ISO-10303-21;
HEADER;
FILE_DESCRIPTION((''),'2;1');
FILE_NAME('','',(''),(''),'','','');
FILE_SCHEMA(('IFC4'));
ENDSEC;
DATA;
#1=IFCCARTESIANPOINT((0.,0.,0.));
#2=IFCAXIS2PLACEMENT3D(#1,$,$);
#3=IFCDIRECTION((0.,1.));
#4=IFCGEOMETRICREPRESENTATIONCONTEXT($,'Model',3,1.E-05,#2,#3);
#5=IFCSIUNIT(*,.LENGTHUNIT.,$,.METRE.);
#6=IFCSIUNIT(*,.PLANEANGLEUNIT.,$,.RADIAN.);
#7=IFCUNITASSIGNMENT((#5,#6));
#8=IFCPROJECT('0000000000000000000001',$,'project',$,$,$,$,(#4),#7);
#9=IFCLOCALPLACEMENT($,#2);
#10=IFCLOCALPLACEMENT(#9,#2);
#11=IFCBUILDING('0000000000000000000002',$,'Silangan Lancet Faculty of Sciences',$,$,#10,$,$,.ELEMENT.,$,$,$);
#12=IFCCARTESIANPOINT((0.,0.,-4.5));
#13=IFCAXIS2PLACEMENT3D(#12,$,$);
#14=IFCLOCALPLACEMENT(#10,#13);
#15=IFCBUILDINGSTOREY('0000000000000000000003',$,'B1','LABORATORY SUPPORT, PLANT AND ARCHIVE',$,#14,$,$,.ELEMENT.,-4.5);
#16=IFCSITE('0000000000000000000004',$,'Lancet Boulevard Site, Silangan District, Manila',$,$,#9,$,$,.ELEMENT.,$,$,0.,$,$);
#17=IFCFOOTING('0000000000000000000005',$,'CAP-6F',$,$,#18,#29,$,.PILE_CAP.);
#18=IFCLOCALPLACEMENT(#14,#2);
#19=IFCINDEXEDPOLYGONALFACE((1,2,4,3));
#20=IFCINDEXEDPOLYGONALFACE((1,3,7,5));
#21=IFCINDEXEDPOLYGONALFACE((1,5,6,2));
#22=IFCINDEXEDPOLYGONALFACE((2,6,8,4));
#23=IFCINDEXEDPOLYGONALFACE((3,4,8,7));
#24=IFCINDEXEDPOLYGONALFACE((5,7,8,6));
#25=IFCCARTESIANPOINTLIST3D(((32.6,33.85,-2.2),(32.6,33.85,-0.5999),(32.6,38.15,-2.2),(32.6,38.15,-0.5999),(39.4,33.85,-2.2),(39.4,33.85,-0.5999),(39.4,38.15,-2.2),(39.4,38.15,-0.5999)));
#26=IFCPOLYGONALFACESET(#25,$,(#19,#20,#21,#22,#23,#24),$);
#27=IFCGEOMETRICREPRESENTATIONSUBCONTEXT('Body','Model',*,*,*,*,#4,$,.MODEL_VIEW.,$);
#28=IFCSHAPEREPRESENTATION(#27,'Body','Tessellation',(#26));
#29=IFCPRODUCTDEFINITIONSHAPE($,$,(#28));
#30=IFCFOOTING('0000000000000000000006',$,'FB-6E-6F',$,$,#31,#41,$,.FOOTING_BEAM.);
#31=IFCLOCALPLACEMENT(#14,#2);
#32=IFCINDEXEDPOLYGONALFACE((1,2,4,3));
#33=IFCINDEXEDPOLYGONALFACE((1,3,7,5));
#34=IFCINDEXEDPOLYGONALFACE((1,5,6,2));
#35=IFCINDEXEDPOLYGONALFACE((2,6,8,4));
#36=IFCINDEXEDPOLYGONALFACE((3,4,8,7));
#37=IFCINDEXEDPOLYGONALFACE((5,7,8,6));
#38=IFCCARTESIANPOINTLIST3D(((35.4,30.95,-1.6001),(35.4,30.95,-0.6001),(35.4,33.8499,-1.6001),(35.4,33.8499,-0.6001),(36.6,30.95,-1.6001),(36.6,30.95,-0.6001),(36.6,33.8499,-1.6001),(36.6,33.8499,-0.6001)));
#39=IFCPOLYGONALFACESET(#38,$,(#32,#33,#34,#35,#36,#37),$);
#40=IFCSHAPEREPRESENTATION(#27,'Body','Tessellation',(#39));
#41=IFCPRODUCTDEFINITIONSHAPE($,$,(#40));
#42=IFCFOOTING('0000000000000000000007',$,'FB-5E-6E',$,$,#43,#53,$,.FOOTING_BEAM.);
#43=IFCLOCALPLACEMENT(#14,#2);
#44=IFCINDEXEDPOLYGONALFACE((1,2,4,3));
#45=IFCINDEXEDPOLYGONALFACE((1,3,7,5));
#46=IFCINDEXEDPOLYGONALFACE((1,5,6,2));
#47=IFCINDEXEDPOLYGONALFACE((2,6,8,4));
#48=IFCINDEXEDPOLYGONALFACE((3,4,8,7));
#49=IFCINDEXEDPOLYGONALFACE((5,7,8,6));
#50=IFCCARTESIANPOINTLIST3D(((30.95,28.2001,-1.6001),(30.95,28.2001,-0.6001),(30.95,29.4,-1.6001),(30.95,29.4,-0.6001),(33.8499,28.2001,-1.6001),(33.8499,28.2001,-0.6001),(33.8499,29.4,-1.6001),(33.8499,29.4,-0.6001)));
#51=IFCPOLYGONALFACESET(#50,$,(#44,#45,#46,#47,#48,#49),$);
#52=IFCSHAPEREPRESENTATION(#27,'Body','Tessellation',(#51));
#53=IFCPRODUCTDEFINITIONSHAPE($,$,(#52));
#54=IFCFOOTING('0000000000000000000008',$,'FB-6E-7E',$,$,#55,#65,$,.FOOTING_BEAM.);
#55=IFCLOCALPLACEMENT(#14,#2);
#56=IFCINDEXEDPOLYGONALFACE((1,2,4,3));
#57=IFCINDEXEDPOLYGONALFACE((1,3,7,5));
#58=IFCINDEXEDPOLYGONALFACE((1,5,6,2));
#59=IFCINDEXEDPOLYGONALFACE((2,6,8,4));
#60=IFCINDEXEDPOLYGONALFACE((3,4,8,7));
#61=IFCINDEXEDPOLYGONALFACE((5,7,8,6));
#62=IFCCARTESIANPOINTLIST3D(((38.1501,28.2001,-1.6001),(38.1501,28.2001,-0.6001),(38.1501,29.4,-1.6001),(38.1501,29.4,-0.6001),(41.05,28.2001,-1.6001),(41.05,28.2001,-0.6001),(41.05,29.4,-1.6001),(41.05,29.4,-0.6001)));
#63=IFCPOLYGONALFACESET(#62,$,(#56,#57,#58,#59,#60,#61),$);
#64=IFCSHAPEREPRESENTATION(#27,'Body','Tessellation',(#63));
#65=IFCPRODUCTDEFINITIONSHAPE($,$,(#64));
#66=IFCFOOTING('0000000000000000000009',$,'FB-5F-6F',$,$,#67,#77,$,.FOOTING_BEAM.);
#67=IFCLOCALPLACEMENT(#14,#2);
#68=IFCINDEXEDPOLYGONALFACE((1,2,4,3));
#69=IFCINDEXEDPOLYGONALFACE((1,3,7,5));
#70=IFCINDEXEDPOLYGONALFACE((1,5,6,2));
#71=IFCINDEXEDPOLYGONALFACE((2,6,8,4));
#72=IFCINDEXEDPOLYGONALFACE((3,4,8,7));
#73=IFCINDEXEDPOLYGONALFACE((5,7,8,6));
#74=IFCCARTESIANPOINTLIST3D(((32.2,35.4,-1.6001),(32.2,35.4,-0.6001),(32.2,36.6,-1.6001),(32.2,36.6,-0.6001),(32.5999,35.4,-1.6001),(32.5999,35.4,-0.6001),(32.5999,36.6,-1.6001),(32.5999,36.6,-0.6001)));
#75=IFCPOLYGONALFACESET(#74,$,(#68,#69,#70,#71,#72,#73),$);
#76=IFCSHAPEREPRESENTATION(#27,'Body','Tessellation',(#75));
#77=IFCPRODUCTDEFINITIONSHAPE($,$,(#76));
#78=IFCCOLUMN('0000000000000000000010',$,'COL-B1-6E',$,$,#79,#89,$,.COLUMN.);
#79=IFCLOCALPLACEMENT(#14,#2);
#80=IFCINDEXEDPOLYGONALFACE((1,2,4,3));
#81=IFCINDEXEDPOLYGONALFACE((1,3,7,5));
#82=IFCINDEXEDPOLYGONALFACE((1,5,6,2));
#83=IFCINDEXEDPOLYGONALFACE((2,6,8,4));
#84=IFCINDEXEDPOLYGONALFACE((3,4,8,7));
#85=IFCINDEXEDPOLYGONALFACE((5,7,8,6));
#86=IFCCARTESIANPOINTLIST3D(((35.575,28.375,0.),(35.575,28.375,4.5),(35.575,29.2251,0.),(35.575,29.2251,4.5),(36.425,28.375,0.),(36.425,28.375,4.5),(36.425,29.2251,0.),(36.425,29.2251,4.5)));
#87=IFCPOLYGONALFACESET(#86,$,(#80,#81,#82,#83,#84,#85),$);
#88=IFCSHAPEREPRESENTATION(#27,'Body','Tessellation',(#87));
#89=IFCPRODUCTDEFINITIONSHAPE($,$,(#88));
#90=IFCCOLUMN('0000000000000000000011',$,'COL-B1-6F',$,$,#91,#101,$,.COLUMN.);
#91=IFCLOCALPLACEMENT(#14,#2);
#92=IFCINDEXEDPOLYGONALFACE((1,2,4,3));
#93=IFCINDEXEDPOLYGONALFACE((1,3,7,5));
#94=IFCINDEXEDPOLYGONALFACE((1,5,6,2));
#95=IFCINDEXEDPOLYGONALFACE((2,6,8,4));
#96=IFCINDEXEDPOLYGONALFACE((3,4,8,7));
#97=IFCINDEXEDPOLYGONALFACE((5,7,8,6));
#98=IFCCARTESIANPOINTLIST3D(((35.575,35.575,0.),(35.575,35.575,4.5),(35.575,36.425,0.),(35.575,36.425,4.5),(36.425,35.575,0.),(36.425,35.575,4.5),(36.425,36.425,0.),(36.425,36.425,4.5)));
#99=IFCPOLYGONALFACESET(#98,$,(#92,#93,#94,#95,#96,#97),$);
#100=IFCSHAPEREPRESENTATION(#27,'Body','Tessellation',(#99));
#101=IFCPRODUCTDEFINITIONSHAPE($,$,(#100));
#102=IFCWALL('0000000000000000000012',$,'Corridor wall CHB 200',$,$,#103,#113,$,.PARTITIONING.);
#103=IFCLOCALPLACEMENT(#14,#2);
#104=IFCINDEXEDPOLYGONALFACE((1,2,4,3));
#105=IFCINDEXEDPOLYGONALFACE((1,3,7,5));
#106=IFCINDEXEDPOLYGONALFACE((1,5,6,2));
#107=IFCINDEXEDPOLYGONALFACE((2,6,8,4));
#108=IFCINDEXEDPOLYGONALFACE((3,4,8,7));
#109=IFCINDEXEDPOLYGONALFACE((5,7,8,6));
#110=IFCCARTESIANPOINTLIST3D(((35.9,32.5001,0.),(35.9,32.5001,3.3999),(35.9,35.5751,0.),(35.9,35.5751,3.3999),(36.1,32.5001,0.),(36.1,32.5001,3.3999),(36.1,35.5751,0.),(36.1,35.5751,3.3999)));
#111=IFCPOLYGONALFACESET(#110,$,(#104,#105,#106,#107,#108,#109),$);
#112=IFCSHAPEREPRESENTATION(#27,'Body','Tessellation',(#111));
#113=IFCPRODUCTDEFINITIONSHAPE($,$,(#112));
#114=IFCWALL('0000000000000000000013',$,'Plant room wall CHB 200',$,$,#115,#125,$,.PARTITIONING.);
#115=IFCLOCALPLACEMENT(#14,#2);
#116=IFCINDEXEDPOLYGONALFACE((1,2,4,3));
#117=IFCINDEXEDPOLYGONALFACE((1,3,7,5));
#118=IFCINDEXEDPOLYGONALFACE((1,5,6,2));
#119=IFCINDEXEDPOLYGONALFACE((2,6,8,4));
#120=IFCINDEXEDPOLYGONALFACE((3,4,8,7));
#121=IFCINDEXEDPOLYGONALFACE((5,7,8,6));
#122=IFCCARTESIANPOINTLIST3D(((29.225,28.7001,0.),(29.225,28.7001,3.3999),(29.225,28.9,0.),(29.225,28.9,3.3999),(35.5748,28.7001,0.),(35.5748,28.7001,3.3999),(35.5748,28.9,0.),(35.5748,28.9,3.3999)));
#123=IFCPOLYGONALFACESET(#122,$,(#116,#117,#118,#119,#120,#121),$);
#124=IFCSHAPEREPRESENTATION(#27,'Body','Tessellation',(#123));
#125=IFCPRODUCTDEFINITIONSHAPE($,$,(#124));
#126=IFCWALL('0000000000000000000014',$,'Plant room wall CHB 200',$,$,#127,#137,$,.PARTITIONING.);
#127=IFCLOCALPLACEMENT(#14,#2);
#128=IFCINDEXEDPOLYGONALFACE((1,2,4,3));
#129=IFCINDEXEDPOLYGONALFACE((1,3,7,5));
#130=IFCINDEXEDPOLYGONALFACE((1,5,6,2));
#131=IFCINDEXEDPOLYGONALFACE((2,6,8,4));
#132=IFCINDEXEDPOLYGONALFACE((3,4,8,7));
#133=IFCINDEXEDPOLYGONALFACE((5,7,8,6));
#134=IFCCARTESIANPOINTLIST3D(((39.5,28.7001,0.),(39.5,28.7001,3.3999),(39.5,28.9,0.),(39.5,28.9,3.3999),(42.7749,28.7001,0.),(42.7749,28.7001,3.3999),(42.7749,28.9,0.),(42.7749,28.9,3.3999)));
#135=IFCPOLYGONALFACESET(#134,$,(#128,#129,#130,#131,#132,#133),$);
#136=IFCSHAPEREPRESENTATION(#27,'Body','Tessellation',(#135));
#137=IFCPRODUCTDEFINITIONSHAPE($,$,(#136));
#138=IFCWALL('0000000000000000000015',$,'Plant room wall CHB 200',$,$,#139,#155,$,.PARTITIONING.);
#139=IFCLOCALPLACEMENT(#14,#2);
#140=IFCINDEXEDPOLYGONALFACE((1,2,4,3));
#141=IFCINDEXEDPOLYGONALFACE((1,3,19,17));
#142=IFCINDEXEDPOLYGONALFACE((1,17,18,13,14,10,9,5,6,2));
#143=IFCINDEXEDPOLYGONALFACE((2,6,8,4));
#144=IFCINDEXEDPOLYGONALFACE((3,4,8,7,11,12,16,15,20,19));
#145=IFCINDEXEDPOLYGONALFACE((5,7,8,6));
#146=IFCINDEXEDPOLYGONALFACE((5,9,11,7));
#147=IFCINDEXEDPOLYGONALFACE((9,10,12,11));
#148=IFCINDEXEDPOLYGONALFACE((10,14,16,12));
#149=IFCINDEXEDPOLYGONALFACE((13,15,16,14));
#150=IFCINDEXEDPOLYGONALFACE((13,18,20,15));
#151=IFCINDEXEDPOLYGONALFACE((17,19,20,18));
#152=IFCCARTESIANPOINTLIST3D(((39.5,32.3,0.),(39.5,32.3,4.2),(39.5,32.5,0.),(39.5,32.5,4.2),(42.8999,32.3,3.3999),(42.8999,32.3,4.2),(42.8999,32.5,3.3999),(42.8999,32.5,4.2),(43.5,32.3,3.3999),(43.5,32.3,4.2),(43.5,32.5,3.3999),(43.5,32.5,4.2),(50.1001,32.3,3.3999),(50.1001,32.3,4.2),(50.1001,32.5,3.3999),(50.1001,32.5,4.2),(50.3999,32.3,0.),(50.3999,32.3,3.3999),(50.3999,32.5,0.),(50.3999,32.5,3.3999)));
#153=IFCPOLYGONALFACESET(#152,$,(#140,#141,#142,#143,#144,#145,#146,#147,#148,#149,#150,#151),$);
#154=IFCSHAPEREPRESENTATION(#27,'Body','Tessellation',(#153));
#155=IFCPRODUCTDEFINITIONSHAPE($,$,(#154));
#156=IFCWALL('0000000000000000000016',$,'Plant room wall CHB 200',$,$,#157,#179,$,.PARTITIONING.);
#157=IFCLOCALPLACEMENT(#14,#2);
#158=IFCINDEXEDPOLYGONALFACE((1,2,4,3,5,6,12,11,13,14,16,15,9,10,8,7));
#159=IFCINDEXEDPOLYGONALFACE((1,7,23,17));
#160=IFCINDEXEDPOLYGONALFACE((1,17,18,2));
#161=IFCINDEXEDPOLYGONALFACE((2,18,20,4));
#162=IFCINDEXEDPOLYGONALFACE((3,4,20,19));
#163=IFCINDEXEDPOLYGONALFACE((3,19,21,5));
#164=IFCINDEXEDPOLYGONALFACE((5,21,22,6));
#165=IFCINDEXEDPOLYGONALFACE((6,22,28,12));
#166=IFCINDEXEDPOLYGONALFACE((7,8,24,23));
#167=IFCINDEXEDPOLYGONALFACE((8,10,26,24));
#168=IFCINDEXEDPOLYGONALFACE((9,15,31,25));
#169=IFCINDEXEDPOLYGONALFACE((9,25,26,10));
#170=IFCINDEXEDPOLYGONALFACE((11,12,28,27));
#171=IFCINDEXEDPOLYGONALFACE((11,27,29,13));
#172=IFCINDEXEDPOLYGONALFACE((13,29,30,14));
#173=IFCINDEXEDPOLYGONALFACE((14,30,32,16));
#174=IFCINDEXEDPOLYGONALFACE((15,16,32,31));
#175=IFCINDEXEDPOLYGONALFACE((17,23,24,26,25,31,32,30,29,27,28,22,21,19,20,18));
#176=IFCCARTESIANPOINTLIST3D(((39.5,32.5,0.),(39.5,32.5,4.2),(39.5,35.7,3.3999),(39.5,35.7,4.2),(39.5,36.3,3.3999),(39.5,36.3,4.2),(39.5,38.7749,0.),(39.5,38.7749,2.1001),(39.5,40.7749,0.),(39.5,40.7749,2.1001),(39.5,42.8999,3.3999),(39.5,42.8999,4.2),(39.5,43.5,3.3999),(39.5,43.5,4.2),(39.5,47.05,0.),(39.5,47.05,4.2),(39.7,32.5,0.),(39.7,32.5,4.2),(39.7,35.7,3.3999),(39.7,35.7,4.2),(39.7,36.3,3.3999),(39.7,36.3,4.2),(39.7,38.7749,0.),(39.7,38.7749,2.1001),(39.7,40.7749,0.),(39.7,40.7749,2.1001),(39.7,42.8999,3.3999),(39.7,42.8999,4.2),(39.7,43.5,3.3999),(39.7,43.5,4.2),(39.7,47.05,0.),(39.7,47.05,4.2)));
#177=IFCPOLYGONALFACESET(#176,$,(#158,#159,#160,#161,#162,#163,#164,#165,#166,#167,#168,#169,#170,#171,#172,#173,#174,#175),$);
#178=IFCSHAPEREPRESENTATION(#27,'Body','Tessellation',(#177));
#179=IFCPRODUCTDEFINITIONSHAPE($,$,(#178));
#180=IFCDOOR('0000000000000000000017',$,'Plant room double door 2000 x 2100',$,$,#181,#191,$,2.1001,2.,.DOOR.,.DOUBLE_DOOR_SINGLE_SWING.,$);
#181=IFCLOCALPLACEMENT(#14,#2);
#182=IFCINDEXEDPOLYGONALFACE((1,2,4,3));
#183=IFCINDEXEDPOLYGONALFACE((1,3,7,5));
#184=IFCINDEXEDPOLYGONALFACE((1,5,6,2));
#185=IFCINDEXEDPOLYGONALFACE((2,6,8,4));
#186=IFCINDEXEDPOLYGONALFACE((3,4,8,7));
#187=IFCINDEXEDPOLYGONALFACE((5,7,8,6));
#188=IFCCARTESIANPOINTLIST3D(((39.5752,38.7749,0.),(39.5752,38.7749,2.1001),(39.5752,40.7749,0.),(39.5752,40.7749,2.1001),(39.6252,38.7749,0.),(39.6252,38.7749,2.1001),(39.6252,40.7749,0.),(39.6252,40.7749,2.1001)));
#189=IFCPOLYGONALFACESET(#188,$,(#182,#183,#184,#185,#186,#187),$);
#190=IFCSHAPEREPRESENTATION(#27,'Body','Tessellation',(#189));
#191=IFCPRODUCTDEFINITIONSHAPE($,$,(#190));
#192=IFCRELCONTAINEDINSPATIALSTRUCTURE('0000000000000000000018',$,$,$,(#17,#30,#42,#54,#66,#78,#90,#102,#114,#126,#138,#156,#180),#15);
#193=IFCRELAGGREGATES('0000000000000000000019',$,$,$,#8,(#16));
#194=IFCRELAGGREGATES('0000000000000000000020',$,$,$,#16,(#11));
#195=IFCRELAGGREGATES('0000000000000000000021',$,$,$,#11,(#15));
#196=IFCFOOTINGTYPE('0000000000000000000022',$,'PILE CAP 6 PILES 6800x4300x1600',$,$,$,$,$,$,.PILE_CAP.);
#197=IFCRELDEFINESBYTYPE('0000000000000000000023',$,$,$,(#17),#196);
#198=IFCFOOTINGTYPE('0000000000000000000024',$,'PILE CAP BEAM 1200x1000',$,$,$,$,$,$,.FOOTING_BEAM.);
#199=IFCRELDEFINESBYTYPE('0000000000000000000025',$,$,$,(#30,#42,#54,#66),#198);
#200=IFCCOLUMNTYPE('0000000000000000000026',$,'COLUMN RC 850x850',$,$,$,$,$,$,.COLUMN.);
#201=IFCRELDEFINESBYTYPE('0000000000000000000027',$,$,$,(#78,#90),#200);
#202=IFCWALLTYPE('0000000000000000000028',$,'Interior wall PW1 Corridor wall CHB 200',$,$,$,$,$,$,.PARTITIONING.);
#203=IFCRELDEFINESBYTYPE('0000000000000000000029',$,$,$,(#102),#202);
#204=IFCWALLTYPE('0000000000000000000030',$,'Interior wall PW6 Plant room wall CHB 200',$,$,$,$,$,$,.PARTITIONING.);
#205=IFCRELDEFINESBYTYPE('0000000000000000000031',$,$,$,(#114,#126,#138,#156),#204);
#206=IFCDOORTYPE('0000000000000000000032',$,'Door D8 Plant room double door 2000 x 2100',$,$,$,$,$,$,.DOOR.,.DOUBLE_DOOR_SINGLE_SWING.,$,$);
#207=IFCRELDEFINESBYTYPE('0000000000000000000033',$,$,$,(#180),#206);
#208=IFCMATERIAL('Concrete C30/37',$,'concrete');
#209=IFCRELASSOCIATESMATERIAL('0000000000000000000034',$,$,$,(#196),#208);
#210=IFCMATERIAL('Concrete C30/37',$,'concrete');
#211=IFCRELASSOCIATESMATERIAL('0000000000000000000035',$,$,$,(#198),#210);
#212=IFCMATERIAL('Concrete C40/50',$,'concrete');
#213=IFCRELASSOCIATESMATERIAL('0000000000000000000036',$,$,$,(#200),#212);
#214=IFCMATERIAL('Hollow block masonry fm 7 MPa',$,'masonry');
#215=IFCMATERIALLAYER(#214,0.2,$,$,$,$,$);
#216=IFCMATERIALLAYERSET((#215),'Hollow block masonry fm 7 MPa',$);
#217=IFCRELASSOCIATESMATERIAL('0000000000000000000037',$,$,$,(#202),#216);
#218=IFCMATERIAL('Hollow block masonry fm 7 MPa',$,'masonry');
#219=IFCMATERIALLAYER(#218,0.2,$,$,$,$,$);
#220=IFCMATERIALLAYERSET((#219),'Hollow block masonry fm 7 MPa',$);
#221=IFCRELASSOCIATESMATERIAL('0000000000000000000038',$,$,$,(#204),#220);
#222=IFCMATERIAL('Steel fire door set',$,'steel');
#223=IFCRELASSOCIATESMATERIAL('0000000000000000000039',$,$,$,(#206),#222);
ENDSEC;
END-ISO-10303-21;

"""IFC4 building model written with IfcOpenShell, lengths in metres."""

from ifc_helpers import new_model, si_unit, direction, frame, frame_2d, origin, origin_2d, place, context, subcontext, project, spatial, polyline, rectangle, outline, extrude, material, layer, layer_set, material_profile, profile_set, type_object, element, fill, save


model = new_model("IFC4")

# Units and contexts
model_context = context("Model", 3, precision=1e-05, world=origin(), true_north=direction((0.0, 1.0)))
body_context = subcontext(model_context, "Body", "Model", "MODEL_VIEW")
ifc_project = project(units=[si_unit("LENGTHUNIT", "METRE"), si_unit("PLANEANGLEUNIT", "RADIAN")], contexts=[model_context])

# Site, building, storey
site_placement = place(None, origin())
site = spatial("IfcSite", under=ifc_project, at=site_placement, Name="Lancet Boulevard Site, Silangan District, Manila", CompositionType="ELEMENT", RefElevation=0.0)
building_placement = place(site_placement, origin())
building = spatial("IfcBuilding", under=site, at=building_placement, Name="Silangan Lancet Faculty of Sciences", CompositionType="ELEMENT")
storey_placement = place(building_placement, frame((0.0, 0.0, -4.5)))
storey = spatial("IfcBuildingStorey", under=building, at=storey_placement, Name="B1", Description="LABORATORY SUPPORT, PLANT AND ARCHIVE", CompositionType="ELEMENT", Elevation=-4.5)

# Footings
ifc_material_1 = material(Name="Concrete C30/37", Category="concrete")
footing_type_1 = type_object("IfcFootingType", Name="PILE CAP 6 PILES 6800x4300x1600", PredefinedType="PILE_CAP", material=ifc_material_1)
footing_1_placement = place(storey_placement, frame((36.0, 36.0, -2.2), z_axis=(0.0, 0.0, 1.0), x_axis=(1.0, 0.0, 0.0)))
element("IfcFooting", 1, at=footing_1_placement, inside=storey, type_object=footing_type_1, Name="CAP-6F", PredefinedType="PILE_CAP", context=body_context, shape_type="SweptSolid", body=[
    extrude(rectangle(XDim=6.8, YDim=4.3, at=origin_2d()), origin(), (0.0, 0.0, 1.0), 1.6001),
])
ifc_material_2 = material(Name="Concrete C30/37", Category="concrete")
footing_type_2 = type_object("IfcFootingType", Name="PILE CAP BEAM 1200x1000", PredefinedType="FOOTING_BEAM", material=ifc_material_2)
for number, where, z_axis, x_axis, name in (
    (2, (36.0, 32.3999, -1.6001), (0.0, 0.0, 1.0), (0.0, 1.0, 0.0), "FB-6E-6F"),
    (3, (32.3999, 28.8, -1.6001), (0.0, 0.0, 1.0), (1.0, 0.0, 0.0), "FB-5E-6E"),
    (4, (39.6001, 28.8, -1.6001), (0.0, 0.0, 1.0), (1.0, 0.0, 0.0), "FB-6E-7E"),
):
    element("IfcFooting", number, at=place(storey_placement, frame(where, z_axis=z_axis, x_axis=x_axis)), inside=storey, type_object=footing_type_2, Name=name, PredefinedType="FOOTING_BEAM", context=body_context, shape_type="SweptSolid", body=[
        extrude(rectangle(XDim=2.8999, YDim=1.2, at=origin_2d()), origin(), (0.0, 0.0, 1.0), 1.0),
    ])
footing_2_placement = place(storey_placement, frame((32.3999, 36.0, -1.6001), z_axis=(0.0, 0.0, 1.0), x_axis=(1.0, 0.0, 0.0)))
element("IfcFooting", 5, at=footing_2_placement, inside=storey, type_object=footing_type_2, Name="FB-5F-6F", PredefinedType="FOOTING_BEAM", context=body_context, shape_type="SweptSolid", body=[
    extrude(rectangle(XDim=0.3999, YDim=1.2, at=origin_2d()), origin(), (0.0, 0.0, 1.0), 1.0),
])

# Columns
ifc_material_3 = material(Name="Concrete C40/50", Category="concrete")
ifc_material_profile_1 = material_profile(ifc_material_3, rectangle(XDim=0.8501, YDim=0.8501, at=origin_2d()), Name="RC 850x850")
ifc_profile_set_1 = profile_set([ifc_material_profile_1], Name="Concrete C40/50")
column_type = type_object("IfcColumnType", Name="COLUMN RC 850x850", PredefinedType="COLUMN", material=ifc_profile_set_1)
for number, where, z_axis, x_axis, name in (
    (6, (36.0, 28.8, 0.0), (0.0, 0.0, 1.0), (1.0, 0.0, 0.0), "COL-B1-6E"),
    (7, (36.0, 36.0, 0.0), (0.0, 0.0, 1.0), (1.0, 0.0, 0.0), "COL-B1-6F"),
):
    element("IfcColumn", number, at=place(storey_placement, frame(where, z_axis=z_axis, x_axis=x_axis)), inside=storey, type_object=column_type, Name=name, PredefinedType="COLUMN", context=body_context, shape_type="SweptSolid", body=[
        extrude(rectangle(XDim=0.8501, YDim=0.8501, at=origin_2d()), origin(), (0.0, 0.0, 1.0), 4.5),
    ])

# Walls
ifc_material_4 = material(Name="Hollow block masonry fm 7 MPa", Category="masonry")
ifc_layer_1 = layer(ifc_material_4, 0.2)
ifc_layer_set_1 = layer_set([ifc_layer_1], Name="Hollow block masonry fm 7 MPa")
wall_type_1 = type_object("IfcWallType", Name="Interior wall PW1 Corridor wall CHB 200", PredefinedType="PARTITIONING", material=ifc_layer_set_1)
wall_1_placement = place(storey_placement, frame((36.0, 32.5, 0.0), z_axis=(0.0, 0.0, 1.0), x_axis=(0.0, 1.0, 0.0)))
element("IfcWall", 8, at=wall_1_placement, inside=storey, type_object=wall_type_1, Name="Corridor wall CHB 200", PredefinedType="PARTITIONING", context=body_context, shape_type="SweptSolid", body=[
    extrude(rectangle(XDim=3.075, YDim=0.2, at=frame_2d((1.5376, 0.0))), origin(), (0.0, 0.0, 1.0), 3.3999),
])
ifc_material_5 = material(Name="Hollow block masonry fm 7 MPa", Category="masonry")
ifc_layer_2 = layer(ifc_material_5, 0.2)
ifc_layer_set_2 = layer_set([ifc_layer_2], Name="Hollow block masonry fm 7 MPa")
wall_type_2 = type_object("IfcWallType", Name="Interior wall PW6 Plant room wall CHB 200", PredefinedType="PARTITIONING", material=ifc_layer_set_2)
wall_2_placement = place(storey_placement, frame((29.2251, 28.8, 0.0), z_axis=(0.0, 0.0, 1.0), x_axis=(1.0, 0.0, 0.0)))
element("IfcWall", 9, at=wall_2_placement, inside=storey, type_object=wall_type_2, Name="Plant room wall CHB 200", PredefinedType="PARTITIONING", context=body_context, shape_type="SweptSolid", body=[
    extrude(rectangle(XDim=6.3499, YDim=0.2, at=frame_2d((3.1748, 0.0))), origin(), (0.0, 0.0, 1.0), 3.3999),
])
wall_3_placement = place(storey_placement, frame((39.5, 28.8, 0.0), z_axis=(0.0, 0.0, 1.0), x_axis=(1.0, 0.0, 0.0)))
element("IfcWall", 10, at=wall_3_placement, inside=storey, type_object=wall_type_2, Name="Plant room wall CHB 200", PredefinedType="PARTITIONING", context=body_context, shape_type="SweptSolid", body=[
    extrude(rectangle(XDim=3.2749, YDim=0.2, at=frame_2d((1.6375, 0.0))), origin(), (0.0, 0.0, 1.0), 3.3999),
])
wall_4_placement = place(storey_placement, frame((39.5, 32.3999, 0.0), z_axis=(0.0, 0.0, 1.0), x_axis=(1.0, 0.0, 0.0)))
element("IfcWall", 11, at=wall_4_placement, inside=storey, type_object=wall_type_2, Name="Plant room wall CHB 200", PredefinedType="PARTITIONING", context=body_context, shape_type="SweptSolid", body=[
    extrude(outline(polyline([(0.0, 0.0), (10.8999, 0.0), (10.8999, 3.3999), (10.6001, 3.3999), (10.6001, 4.2), (4.0, 4.2), (4.0, 3.3999), (3.3999, 3.3999), (3.3999, 4.2), (0.0, 4.2), (0.0, 0.0)])), frame((0.0, 0.1001, 0.0), z_axis=(0.0, -1.0, 0.0), x_axis=(1.0, 0.0, 0.0)), (0.0, 0.0, 1.0), 0.2),
])

# Wall, opening, door
wall_5_placement = place(storey_placement, frame((39.6001, 32.5, 0.0), z_axis=(0.0, 0.0, 1.0), x_axis=(0.0, 1.0, 0.0)))
wall_5 = element("IfcWall", 12, at=wall_5_placement, inside=storey, type_object=wall_type_2, Name="Plant room wall CHB 200", PredefinedType="PARTITIONING", context=body_context, shape_type="SweptSolid", body=[
    extrude(outline(polyline([(0.0, 0.0), (14.55, 0.0), (14.55, 4.2), (11.0, 4.2), (11.0, 3.3999), (10.3999, 3.3999), (10.3999, 4.2), (3.8, 4.2), (3.8, 3.3999), (3.2, 3.3999), (3.2, 4.2), (0.0, 4.2), (0.0, 0.0)])), frame((0.0, 0.1001, 0.0), z_axis=(0.0, -1.0, 0.0), x_axis=(1.0, 0.0, 0.0)), (0.0, 0.0, 1.0), 0.2),
])
opening_placement = place(wall_5_placement, frame((6.2749, 0.0, 0.0)))
opening = element("IfcOpeningElement", 13, at=opening_placement, cuts=wall_5, PredefinedType="OPENING", context=body_context, shape_type="SweptSolid", body=[
    extrude(rectangle(XDim=2.0, YDim=2.1001, at=frame_2d((1.0, 1.05))), frame((0.0, 0.1099, 0.0), z_axis=(0.0, -1.0, 0.0), x_axis=(1.0, 0.0, 0.0)), (0.0, 0.0, 1.0), 0.22),
])
ifc_material_6 = material(Name="Steel fire door set", Category="steel")
door_type = type_object("IfcDoorType", Name="Door D8 Plant room double door 2000 x 2100", OperationType="DOUBLE_DOOR_SINGLE_SWING", PredefinedType="DOOR", material=ifc_material_6)
door_placement = place(opening_placement, origin())
door = element("IfcDoor", 14, at=door_placement, inside=storey, type_object=door_type, Name="Plant room double door 2000 x 2100", OperationType="DOUBLE_DOOR_SINGLE_SWING", OverallHeight=2.1001, OverallWidth=2.0, PredefinedType="DOOR", context=body_context, shape_type="SweptSolid", body=[
    extrude(rectangle(XDim=2.0, YDim=2.1001, at=frame_2d((1.0, 1.05))), frame((0.0, 0.0249, 0.0), z_axis=(0.0, -1.0, 0.0), x_axis=(1.0, 0.0, 0.0)), (0.0, 0.0, 1.0), 0.05),
])
fill(opening, door)

save(model, "model.ifc")
